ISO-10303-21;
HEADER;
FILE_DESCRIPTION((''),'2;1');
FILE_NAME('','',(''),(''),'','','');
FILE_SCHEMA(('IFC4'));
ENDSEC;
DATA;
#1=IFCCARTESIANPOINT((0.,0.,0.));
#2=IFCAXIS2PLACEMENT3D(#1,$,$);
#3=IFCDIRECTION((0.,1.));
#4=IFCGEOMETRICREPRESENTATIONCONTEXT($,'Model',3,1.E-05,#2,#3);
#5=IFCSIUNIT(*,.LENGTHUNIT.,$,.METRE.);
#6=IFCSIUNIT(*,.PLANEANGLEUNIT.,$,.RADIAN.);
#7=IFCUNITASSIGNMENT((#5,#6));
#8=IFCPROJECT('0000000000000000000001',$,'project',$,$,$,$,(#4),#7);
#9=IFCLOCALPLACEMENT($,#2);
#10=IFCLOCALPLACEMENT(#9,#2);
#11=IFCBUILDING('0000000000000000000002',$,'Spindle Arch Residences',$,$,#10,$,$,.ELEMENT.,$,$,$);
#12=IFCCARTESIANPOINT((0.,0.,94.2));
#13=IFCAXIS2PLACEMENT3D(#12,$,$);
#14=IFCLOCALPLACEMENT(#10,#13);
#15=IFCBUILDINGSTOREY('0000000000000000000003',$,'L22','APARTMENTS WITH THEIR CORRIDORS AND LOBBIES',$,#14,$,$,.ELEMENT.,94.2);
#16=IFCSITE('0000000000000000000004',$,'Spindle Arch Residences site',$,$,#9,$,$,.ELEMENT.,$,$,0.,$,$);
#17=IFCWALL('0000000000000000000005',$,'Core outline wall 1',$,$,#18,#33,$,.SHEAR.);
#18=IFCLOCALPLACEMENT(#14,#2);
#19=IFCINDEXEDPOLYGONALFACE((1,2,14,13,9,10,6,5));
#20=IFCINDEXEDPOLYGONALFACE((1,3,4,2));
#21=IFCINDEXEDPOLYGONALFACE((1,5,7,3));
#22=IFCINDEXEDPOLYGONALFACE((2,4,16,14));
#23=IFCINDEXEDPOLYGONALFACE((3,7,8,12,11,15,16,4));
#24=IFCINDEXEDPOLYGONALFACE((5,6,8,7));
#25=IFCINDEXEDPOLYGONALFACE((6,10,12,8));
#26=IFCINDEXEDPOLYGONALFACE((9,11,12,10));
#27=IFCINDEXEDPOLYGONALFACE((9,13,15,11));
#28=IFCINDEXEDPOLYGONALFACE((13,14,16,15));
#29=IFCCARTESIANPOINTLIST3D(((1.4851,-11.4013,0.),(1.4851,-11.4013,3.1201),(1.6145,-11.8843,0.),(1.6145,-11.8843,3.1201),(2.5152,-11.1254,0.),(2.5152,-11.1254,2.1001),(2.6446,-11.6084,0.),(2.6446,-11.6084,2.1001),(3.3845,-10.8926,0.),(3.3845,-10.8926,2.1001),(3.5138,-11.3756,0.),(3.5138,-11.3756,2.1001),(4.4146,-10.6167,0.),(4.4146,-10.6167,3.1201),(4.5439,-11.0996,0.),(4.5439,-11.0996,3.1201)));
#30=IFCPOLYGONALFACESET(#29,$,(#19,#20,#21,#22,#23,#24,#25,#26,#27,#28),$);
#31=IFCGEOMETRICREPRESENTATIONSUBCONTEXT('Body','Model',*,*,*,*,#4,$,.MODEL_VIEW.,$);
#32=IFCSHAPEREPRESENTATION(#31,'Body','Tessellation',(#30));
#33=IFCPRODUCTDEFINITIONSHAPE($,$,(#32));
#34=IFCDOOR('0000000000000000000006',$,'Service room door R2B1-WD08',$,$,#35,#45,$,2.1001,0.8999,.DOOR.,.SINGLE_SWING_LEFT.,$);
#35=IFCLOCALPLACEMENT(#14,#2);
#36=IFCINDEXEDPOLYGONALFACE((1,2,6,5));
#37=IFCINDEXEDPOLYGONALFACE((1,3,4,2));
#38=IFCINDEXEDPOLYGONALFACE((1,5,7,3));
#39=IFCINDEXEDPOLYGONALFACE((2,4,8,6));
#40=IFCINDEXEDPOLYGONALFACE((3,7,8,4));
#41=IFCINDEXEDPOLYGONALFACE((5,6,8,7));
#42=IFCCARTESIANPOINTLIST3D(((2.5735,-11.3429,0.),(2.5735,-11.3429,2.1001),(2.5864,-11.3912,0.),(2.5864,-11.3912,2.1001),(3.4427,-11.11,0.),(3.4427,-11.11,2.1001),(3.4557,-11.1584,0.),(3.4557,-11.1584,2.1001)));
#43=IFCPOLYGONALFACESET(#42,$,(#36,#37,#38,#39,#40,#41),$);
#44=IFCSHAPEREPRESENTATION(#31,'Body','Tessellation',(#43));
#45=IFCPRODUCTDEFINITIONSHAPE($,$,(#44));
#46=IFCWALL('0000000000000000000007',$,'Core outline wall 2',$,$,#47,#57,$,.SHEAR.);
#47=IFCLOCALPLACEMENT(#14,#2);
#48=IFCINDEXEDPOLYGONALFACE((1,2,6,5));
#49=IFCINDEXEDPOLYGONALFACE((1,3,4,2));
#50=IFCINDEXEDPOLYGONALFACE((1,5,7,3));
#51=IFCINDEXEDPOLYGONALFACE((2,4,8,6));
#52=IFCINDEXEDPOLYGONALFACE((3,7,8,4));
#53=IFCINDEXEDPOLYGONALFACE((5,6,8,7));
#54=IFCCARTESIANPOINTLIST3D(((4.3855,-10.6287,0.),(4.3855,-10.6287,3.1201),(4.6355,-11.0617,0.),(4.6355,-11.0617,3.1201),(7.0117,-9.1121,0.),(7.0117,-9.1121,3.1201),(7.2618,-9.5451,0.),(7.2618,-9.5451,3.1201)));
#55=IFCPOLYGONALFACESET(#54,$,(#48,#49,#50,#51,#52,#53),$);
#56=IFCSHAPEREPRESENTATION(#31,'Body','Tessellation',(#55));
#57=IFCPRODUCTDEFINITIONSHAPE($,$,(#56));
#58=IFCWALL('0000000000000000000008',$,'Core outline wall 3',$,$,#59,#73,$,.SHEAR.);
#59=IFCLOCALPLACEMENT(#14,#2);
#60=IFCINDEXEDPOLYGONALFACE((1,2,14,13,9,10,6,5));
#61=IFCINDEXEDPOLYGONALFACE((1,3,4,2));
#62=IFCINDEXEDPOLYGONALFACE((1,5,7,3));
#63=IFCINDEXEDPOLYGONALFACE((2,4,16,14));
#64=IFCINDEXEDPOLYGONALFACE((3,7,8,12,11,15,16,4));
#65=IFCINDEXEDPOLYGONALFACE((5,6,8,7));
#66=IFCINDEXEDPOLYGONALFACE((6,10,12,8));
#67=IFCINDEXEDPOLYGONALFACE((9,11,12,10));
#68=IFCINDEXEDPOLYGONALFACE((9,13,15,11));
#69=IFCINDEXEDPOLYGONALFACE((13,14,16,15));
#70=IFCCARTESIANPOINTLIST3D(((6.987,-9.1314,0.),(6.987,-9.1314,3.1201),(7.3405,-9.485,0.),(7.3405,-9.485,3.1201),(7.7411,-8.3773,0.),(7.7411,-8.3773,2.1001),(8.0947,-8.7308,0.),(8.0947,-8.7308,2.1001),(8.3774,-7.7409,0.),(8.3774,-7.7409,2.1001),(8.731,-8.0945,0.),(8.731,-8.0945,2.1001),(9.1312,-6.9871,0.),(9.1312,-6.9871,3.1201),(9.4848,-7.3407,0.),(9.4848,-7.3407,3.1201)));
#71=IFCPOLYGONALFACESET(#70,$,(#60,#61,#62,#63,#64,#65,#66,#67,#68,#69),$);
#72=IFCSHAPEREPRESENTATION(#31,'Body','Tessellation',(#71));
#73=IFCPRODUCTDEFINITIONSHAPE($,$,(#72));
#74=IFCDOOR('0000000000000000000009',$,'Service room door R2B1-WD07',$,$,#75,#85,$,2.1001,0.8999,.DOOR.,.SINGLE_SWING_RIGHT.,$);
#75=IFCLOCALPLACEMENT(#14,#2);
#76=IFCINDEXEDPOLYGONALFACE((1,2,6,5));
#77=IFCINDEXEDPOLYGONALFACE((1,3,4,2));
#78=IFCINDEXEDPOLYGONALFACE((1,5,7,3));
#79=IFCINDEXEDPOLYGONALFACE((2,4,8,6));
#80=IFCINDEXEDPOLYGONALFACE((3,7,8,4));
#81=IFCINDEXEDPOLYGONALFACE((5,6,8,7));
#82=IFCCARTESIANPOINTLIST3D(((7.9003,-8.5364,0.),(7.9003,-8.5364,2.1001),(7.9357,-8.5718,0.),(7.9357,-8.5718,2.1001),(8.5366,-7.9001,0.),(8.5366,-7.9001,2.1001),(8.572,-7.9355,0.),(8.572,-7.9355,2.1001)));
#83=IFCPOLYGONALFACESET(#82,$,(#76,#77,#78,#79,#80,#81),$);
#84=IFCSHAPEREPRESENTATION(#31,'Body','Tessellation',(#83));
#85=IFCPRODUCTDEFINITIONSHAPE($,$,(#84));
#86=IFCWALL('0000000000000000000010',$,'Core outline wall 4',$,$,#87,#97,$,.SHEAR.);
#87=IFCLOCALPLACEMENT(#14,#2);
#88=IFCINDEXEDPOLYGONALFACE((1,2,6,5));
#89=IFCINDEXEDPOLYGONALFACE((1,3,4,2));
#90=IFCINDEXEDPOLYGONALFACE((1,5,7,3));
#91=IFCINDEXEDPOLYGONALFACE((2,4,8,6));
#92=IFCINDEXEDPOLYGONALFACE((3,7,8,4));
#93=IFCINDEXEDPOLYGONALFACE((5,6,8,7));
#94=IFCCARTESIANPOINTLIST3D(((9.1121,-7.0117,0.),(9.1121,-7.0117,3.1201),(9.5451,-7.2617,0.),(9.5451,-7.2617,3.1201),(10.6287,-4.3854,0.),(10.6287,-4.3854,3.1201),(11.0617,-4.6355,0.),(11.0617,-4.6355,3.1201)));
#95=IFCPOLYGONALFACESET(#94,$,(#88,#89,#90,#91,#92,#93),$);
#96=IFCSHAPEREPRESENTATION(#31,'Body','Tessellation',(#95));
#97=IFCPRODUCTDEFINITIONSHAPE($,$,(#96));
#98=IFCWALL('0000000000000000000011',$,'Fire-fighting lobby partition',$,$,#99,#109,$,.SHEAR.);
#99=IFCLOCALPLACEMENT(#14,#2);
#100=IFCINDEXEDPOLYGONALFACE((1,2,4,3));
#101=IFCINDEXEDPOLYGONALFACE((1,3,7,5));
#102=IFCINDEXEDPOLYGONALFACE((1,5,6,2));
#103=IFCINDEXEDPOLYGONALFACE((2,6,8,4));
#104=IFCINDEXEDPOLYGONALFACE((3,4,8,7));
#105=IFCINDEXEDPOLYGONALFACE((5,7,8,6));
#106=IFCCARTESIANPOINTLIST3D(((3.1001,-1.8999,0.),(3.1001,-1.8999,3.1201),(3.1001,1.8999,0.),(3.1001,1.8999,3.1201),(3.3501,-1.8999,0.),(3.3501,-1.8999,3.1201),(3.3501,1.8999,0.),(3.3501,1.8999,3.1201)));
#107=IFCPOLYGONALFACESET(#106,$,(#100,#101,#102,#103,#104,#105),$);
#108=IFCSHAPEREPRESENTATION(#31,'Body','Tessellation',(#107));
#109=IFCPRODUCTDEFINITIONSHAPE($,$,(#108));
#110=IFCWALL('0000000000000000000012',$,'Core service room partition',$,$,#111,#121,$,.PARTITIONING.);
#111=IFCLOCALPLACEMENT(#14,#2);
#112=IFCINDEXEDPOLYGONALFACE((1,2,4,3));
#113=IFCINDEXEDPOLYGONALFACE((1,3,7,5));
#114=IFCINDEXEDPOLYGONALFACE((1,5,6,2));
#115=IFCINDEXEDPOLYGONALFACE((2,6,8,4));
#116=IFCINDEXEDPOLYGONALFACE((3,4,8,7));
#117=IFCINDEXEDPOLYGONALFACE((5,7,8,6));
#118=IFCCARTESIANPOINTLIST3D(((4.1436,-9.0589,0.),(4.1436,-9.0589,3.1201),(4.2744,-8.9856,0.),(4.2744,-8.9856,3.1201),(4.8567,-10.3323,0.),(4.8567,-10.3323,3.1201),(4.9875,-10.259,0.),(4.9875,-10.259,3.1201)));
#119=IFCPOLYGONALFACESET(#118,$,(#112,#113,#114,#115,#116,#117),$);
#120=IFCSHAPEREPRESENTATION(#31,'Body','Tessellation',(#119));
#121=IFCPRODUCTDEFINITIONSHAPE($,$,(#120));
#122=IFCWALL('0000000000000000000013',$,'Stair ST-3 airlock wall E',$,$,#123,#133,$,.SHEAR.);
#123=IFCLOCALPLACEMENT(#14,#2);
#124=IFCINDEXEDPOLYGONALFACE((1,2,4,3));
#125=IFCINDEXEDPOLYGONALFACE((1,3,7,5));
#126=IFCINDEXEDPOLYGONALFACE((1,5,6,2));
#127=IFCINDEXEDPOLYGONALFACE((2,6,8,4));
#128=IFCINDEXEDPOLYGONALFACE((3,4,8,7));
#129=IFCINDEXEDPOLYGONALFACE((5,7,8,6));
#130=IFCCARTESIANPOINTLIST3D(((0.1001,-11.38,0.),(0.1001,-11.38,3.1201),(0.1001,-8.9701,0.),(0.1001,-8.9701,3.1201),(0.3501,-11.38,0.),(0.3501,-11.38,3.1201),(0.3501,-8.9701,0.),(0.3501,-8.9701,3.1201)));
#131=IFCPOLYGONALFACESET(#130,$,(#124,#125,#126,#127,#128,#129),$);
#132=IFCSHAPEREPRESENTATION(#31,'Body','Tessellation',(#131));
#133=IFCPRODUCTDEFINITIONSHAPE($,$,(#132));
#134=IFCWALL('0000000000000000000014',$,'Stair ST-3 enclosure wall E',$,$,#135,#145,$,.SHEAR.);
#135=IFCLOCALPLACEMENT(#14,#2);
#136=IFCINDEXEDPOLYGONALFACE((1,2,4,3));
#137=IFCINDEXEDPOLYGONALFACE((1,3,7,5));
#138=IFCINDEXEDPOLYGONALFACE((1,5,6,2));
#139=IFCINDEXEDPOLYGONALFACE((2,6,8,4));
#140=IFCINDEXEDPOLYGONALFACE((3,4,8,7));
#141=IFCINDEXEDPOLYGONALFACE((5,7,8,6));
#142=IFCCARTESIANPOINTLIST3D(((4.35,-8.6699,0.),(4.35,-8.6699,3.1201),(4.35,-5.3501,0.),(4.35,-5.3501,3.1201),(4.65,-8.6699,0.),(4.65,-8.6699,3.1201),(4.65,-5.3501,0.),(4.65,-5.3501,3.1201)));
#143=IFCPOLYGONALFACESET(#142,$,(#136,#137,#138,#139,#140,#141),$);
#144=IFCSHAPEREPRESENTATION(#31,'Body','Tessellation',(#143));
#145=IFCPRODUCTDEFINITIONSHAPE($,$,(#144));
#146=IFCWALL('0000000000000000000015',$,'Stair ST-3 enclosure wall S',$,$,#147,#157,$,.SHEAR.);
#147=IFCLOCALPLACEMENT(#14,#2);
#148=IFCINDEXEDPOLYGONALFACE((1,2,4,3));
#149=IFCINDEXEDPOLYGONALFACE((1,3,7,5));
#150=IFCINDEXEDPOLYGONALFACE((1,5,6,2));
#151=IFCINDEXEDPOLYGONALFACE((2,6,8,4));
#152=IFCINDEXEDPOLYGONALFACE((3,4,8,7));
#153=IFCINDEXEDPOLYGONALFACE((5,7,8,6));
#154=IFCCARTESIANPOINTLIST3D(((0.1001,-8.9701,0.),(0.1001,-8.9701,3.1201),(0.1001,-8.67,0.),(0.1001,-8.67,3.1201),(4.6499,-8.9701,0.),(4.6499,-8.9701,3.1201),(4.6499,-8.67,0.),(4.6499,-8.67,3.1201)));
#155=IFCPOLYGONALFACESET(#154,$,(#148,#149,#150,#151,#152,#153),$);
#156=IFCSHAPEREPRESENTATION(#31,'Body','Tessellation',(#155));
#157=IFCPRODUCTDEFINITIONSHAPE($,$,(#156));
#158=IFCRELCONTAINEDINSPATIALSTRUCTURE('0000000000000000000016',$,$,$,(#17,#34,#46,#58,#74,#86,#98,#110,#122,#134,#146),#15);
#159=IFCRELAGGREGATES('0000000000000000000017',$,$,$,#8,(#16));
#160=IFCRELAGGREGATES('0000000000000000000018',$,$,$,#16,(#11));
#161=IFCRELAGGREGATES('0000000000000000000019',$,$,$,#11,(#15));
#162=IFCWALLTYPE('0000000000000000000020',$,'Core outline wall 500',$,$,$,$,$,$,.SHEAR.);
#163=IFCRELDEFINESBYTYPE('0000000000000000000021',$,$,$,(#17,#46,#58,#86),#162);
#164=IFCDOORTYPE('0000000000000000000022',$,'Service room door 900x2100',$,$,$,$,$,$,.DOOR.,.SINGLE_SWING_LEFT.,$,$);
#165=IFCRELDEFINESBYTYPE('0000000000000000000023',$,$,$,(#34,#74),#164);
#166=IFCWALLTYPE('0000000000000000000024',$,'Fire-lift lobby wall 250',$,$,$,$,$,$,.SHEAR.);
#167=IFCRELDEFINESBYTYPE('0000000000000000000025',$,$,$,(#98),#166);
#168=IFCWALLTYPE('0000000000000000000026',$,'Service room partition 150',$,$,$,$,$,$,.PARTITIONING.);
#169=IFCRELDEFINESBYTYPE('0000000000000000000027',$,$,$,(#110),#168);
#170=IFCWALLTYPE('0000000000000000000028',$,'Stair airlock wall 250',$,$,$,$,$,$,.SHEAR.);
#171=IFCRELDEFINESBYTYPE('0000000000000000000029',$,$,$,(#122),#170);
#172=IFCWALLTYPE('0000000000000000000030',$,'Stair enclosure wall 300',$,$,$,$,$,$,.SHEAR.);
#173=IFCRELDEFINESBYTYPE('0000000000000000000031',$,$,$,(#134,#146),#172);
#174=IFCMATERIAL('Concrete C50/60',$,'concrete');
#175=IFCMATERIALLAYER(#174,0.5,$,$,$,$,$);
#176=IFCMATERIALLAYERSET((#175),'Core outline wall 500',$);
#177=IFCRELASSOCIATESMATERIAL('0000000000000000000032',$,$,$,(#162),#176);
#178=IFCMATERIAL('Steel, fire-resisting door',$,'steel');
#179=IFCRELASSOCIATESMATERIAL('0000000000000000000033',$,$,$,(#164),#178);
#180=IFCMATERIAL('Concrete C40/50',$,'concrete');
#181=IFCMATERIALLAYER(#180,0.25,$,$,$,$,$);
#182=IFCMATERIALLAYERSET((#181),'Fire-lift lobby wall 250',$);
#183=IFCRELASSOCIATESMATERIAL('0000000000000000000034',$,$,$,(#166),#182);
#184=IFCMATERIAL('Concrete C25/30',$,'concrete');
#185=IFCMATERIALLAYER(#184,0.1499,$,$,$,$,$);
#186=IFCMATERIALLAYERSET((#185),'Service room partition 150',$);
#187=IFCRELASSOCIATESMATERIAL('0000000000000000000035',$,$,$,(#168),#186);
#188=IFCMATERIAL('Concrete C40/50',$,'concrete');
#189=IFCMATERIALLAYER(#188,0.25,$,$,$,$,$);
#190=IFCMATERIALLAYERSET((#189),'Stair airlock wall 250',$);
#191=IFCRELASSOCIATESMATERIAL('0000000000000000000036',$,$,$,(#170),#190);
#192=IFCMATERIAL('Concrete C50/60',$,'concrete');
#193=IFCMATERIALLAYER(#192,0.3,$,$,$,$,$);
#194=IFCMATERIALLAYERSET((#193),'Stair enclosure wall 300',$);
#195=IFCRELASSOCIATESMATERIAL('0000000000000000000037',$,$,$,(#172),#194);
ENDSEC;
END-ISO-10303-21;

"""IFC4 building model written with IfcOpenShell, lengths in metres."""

from ifc_helpers import new_model, si_unit, direction, frame, frame_2d, origin, place, context, subcontext, project, spatial, rectangle, extrude, material, layer, layer_set, type_object, element, fill, save


model = new_model("IFC4")

# Units and contexts
model_context = context("Model", 3, precision=1e-05, world=origin(), true_north=direction((0.0, 1.0)))
body_context = subcontext(model_context, "Body", "Model", "MODEL_VIEW")
ifc_project = project(units=[si_unit("LENGTHUNIT", "METRE"), si_unit("PLANEANGLEUNIT", "RADIAN")], contexts=[model_context])

# Site, building, storey
site_placement = place(None, origin())
site = spatial("IfcSite", under=ifc_project, at=site_placement, Name="Spindle Arch Residences site", CompositionType="ELEMENT", RefElevation=0.0)
building_placement = place(site_placement, origin())
building = spatial("IfcBuilding", under=site, at=building_placement, Name="Spindle Arch Residences", CompositionType="ELEMENT")
storey_placement = place(building_placement, frame((0.0, 0.0, 94.2)))
storey = spatial("IfcBuildingStorey", under=building, at=storey_placement, Name="L22", Description="APARTMENTS WITH THEIR CORRIDORS AND LOBBIES", CompositionType="ELEMENT", Elevation=94.2)

# Wall, opening, door
ifc_material_1 = material(Name="Concrete C50/60", Category="concrete")
ifc_layer_1 = layer(ifc_material_1, 0.5)
ifc_layer_set_1 = layer_set([ifc_layer_1], Name="Core outline wall 500")
wall_type_1 = type_object("IfcWallType", Name="Core outline wall 500", PredefinedType="SHEAR", material=ifc_layer_set_1)
wall_1_placement = place(storey_placement, frame((1.5498, -11.6428, 0.0), z_axis=(0.0, 0.0, 1.0), x_axis=(0.965948, 0.258735, 0.0)))
wall_1 = element("IfcWall", 1, at=wall_1_placement, inside=storey, type_object=wall_type_1, Name="Core outline wall 1", PredefinedType="SHEAR", context=body_context, shape_type="SweptSolid", body=[
    extrude(rectangle(XDim=3.0327, YDim=0.5, at=frame_2d((1.5164, 0.0))), origin(), (0.0, 0.0, 1.0), 3.1201),
])
opening_1_placement = place(wall_1_placement, frame((1.0664, 0.0, 0.0)))
opening_1 = element("IfcOpeningElement", 2, at=opening_1_placement, cuts=wall_1, PredefinedType="OPENING", context=body_context, shape_type="SweptSolid", body=[
    extrude(rectangle(XDim=0.8999, YDim=2.1001, at=frame_2d((0.45, 1.05))), frame((0.0, 0.26, 0.0), z_axis=(0.0, -1.0, 0.0), x_axis=(1.0, 0.0, 0.0)), (0.0, 0.0, 1.0), 0.52),
])
ifc_material_2 = material(Name="Steel, fire-resisting door", Category="steel")
door_type_1 = type_object("IfcDoorType", Name="Service room door 900x2100", OperationType="SINGLE_SWING_LEFT", PredefinedType="DOOR", material=ifc_material_2)
door_1_placement = place(opening_1_placement, origin())
door_1 = element("IfcDoor", 3, at=door_1_placement, inside=storey, type_object=door_type_1, Name="Service room door R2B1-WD08", OperationType="SINGLE_SWING_LEFT", OverallHeight=2.1001, OverallWidth=0.8999, PredefinedType="DOOR", context=body_context, shape_type="SweptSolid", body=[
    extrude(rectangle(XDim=0.8999, YDim=2.1001, at=frame_2d((0.45, 1.05))), frame((0.0, 0.0249, 0.0), z_axis=(0.0, -1.0, 0.0), x_axis=(1.0, 0.0, 0.0)), (0.0, 0.0, 1.0), 0.05),
])
fill(opening_1, door_1)

# Wall
wall_2_placement = place(storey_placement, frame((4.5105, -10.8452, 0.0), z_axis=(0.0, 0.0, 1.0), x_axis=(0.865975, 0.500087, 0.0)))
element("IfcWall", 4, at=wall_2_placement, inside=storey, type_object=wall_type_1, Name="Core outline wall 2", PredefinedType="SHEAR", context=body_context, shape_type="SweptSolid", body=[
    extrude(rectangle(XDim=3.0327, YDim=0.5, at=frame_2d((1.5164, 0.0))), origin(), (0.0, 0.0, 1.0), 3.1201),
])

# Wall, opening, door
wall_3_placement = place(storey_placement, frame((7.1638, -9.3081, 0.0), z_axis=(0.0, 0.0, 1.0), x_axis=(0.707107, 0.707107, 0.0)))
wall_3 = element("IfcWall", 5, at=wall_3_placement, inside=storey, type_object=wall_type_1, Name="Core outline wall 3", PredefinedType="SHEAR", context=body_context, shape_type="SweptSolid", body=[
    extrude(rectangle(XDim=3.0325, YDim=0.5, at=frame_2d((1.5161, 0.0))), origin(), (0.0, 0.0, 1.0), 3.1201),
])
opening_2_placement = place(wall_3_placement, frame((1.0664, 0.0, 0.0)))
opening_2 = element("IfcOpeningElement", 6, at=opening_2_placement, cuts=wall_3, PredefinedType="OPENING", context=body_context, shape_type="SweptSolid", body=[
    extrude(rectangle(XDim=0.8999, YDim=2.1001, at=frame_2d((0.45, 1.05))), frame((0.0, 0.26, 0.0), z_axis=(0.0, -1.0, 0.0), x_axis=(1.0, 0.0, 0.0)), (0.0, 0.0, 1.0), 0.52),
])
door_2_placement = place(opening_2_placement, origin())
door_2 = element("IfcDoor", 7, at=door_2_placement, inside=storey, type_object=door_type_1, Name="Service room door R2B1-WD07", OperationType="SINGLE_SWING_RIGHT", OverallHeight=2.1001, OverallWidth=0.8999, PredefinedType="DOOR", context=body_context, shape_type="SweptSolid", body=[
    extrude(rectangle(XDim=0.8999, YDim=2.1001, at=frame_2d((0.45, 1.05))), frame((0.0, 0.0249, 0.0), z_axis=(0.0, -1.0, 0.0), x_axis=(1.0, 0.0, 0.0)), (0.0, 0.0, 1.0), 0.05),
])
fill(opening_2, door_2)

# Walls
wall_4_placement = place(storey_placement, frame((9.3286, -7.1367, 0.0), z_axis=(0.0, 0.0, 1.0), x_axis=(0.500087, 0.865975, 0.0)))
element("IfcWall", 8, at=wall_4_placement, inside=storey, type_object=wall_type_1, Name="Core outline wall 4", PredefinedType="SHEAR", context=body_context, shape_type="SweptSolid", body=[
    extrude(rectangle(XDim=3.0327, YDim=0.5, at=frame_2d((1.5164, 0.0))), origin(), (0.0, 0.0, 1.0), 3.1201),
])
ifc_material_3 = material(Name="Concrete C40/50", Category="concrete")
ifc_layer_2 = layer(ifc_material_3, 0.25)
ifc_layer_set_2 = layer_set([ifc_layer_2], Name="Fire-lift lobby wall 250")
wall_type_2 = type_object("IfcWallType", Name="Fire-lift lobby wall 250", PredefinedType="SHEAR", material=ifc_layer_set_2)
wall_5_placement = place(storey_placement, frame((3.2251, -1.8999, 0.0), z_axis=(0.0, 0.0, 1.0), x_axis=(0.0, 1.0, 0.0)))
element("IfcWall", 9, at=wall_5_placement, inside=storey, type_object=wall_type_2, Name="Fire-fighting lobby partition", PredefinedType="SHEAR", context=body_context, shape_type="SweptSolid", body=[
    extrude(rectangle(XDim=3.7998, YDim=0.25, at=frame_2d((1.8999, 0.0))), origin(), (0.0, 0.0, 1.0), 3.1201),
])

# Walls
ifc_material_4 = material(Name="Concrete C25/30", Category="concrete")
ifc_layer_3 = layer(ifc_material_4, 0.1499)
ifc_layer_set_3 = layer_set([ifc_layer_3], Name="Service room partition 150")
wall_type_3 = type_object("IfcWallType", Name="Service room partition 150", PredefinedType="PARTITIONING", material=ifc_layer_set_3)
wall_6_placement = place(storey_placement, frame((4.9221, -10.2957, 0.0), z_axis=(0.0, 0.0, 1.0), x_axis=(-0.488608, 0.872503, 0.0)))
element("IfcWall", 10, at=wall_6_placement, inside=storey, type_object=wall_type_3, Name="Core service room partition", PredefinedType="PARTITIONING", context=body_context, shape_type="SweptSolid", body=[
    extrude(rectangle(XDim=1.4595, YDim=0.1499, at=frame_2d((0.7297, 0.0))), origin(), (0.0, 0.0, 1.0), 3.1201),
])
ifc_material_5 = material(Name="Concrete C40/50", Category="concrete")
ifc_layer_4 = layer(ifc_material_5, 0.25)
ifc_layer_set_4 = layer_set([ifc_layer_4], Name="Stair airlock wall 250")
wall_type_4 = type_object("IfcWallType", Name="Stair airlock wall 250", PredefinedType="SHEAR", material=ifc_layer_set_4)
wall_7_placement = place(storey_placement, frame((0.2251, -8.97, 0.0), z_axis=(0.0, 0.0, 1.0), x_axis=(0.0, -1.0, 0.0)))
element("IfcWall", 11, at=wall_7_placement, inside=storey, type_object=wall_type_4, Name="Stair ST-3 airlock wall E", PredefinedType="SHEAR", context=body_context, shape_type="SweptSolid", body=[
    extrude(rectangle(XDim=2.4099, YDim=0.25, at=frame_2d((1.2051, 0.0))), origin(), (0.0, 0.0, 1.0), 3.1201),
])
ifc_material_6 = material(Name="Concrete C50/60", Category="concrete")
ifc_layer_5 = layer(ifc_material_6, 0.3)
ifc_layer_set_5 = layer_set([ifc_layer_5], Name="Stair enclosure wall 300")
wall_type_5 = type_object("IfcWallType", Name="Stair enclosure wall 300", PredefinedType="SHEAR", material=ifc_layer_set_5)
wall_8_placement = place(storey_placement, frame((4.5, -8.6699, 0.0), z_axis=(0.0, 0.0, 1.0), x_axis=(0.0, 1.0, 0.0)))
element("IfcWall", 12, at=wall_8_placement, inside=storey, type_object=wall_type_5, Name="Stair ST-3 enclosure wall E", PredefinedType="SHEAR", context=body_context, shape_type="SweptSolid", body=[
    extrude(rectangle(XDim=3.3198, YDim=0.3, at=frame_2d((1.6599, 0.0))), origin(), (0.0, 0.0, 1.0), 3.1201),
])
wall_9_placement = place(storey_placement, frame((0.1001, -8.8201, 0.0), z_axis=(0.0, 0.0, 1.0), x_axis=(1.0, 0.0, 0.0)))
element("IfcWall", 13, at=wall_9_placement, inside=storey, type_object=wall_type_5, Name="Stair ST-3 enclosure wall S", PredefinedType="SHEAR", context=body_context, shape_type="SweptSolid", body=[
    extrude(rectangle(XDim=4.5498, YDim=0.3, at=frame_2d((2.2749, 0.0))), origin(), (0.0, 0.0, 1.0), 3.1201),
])

save(model, "model.ifc")
